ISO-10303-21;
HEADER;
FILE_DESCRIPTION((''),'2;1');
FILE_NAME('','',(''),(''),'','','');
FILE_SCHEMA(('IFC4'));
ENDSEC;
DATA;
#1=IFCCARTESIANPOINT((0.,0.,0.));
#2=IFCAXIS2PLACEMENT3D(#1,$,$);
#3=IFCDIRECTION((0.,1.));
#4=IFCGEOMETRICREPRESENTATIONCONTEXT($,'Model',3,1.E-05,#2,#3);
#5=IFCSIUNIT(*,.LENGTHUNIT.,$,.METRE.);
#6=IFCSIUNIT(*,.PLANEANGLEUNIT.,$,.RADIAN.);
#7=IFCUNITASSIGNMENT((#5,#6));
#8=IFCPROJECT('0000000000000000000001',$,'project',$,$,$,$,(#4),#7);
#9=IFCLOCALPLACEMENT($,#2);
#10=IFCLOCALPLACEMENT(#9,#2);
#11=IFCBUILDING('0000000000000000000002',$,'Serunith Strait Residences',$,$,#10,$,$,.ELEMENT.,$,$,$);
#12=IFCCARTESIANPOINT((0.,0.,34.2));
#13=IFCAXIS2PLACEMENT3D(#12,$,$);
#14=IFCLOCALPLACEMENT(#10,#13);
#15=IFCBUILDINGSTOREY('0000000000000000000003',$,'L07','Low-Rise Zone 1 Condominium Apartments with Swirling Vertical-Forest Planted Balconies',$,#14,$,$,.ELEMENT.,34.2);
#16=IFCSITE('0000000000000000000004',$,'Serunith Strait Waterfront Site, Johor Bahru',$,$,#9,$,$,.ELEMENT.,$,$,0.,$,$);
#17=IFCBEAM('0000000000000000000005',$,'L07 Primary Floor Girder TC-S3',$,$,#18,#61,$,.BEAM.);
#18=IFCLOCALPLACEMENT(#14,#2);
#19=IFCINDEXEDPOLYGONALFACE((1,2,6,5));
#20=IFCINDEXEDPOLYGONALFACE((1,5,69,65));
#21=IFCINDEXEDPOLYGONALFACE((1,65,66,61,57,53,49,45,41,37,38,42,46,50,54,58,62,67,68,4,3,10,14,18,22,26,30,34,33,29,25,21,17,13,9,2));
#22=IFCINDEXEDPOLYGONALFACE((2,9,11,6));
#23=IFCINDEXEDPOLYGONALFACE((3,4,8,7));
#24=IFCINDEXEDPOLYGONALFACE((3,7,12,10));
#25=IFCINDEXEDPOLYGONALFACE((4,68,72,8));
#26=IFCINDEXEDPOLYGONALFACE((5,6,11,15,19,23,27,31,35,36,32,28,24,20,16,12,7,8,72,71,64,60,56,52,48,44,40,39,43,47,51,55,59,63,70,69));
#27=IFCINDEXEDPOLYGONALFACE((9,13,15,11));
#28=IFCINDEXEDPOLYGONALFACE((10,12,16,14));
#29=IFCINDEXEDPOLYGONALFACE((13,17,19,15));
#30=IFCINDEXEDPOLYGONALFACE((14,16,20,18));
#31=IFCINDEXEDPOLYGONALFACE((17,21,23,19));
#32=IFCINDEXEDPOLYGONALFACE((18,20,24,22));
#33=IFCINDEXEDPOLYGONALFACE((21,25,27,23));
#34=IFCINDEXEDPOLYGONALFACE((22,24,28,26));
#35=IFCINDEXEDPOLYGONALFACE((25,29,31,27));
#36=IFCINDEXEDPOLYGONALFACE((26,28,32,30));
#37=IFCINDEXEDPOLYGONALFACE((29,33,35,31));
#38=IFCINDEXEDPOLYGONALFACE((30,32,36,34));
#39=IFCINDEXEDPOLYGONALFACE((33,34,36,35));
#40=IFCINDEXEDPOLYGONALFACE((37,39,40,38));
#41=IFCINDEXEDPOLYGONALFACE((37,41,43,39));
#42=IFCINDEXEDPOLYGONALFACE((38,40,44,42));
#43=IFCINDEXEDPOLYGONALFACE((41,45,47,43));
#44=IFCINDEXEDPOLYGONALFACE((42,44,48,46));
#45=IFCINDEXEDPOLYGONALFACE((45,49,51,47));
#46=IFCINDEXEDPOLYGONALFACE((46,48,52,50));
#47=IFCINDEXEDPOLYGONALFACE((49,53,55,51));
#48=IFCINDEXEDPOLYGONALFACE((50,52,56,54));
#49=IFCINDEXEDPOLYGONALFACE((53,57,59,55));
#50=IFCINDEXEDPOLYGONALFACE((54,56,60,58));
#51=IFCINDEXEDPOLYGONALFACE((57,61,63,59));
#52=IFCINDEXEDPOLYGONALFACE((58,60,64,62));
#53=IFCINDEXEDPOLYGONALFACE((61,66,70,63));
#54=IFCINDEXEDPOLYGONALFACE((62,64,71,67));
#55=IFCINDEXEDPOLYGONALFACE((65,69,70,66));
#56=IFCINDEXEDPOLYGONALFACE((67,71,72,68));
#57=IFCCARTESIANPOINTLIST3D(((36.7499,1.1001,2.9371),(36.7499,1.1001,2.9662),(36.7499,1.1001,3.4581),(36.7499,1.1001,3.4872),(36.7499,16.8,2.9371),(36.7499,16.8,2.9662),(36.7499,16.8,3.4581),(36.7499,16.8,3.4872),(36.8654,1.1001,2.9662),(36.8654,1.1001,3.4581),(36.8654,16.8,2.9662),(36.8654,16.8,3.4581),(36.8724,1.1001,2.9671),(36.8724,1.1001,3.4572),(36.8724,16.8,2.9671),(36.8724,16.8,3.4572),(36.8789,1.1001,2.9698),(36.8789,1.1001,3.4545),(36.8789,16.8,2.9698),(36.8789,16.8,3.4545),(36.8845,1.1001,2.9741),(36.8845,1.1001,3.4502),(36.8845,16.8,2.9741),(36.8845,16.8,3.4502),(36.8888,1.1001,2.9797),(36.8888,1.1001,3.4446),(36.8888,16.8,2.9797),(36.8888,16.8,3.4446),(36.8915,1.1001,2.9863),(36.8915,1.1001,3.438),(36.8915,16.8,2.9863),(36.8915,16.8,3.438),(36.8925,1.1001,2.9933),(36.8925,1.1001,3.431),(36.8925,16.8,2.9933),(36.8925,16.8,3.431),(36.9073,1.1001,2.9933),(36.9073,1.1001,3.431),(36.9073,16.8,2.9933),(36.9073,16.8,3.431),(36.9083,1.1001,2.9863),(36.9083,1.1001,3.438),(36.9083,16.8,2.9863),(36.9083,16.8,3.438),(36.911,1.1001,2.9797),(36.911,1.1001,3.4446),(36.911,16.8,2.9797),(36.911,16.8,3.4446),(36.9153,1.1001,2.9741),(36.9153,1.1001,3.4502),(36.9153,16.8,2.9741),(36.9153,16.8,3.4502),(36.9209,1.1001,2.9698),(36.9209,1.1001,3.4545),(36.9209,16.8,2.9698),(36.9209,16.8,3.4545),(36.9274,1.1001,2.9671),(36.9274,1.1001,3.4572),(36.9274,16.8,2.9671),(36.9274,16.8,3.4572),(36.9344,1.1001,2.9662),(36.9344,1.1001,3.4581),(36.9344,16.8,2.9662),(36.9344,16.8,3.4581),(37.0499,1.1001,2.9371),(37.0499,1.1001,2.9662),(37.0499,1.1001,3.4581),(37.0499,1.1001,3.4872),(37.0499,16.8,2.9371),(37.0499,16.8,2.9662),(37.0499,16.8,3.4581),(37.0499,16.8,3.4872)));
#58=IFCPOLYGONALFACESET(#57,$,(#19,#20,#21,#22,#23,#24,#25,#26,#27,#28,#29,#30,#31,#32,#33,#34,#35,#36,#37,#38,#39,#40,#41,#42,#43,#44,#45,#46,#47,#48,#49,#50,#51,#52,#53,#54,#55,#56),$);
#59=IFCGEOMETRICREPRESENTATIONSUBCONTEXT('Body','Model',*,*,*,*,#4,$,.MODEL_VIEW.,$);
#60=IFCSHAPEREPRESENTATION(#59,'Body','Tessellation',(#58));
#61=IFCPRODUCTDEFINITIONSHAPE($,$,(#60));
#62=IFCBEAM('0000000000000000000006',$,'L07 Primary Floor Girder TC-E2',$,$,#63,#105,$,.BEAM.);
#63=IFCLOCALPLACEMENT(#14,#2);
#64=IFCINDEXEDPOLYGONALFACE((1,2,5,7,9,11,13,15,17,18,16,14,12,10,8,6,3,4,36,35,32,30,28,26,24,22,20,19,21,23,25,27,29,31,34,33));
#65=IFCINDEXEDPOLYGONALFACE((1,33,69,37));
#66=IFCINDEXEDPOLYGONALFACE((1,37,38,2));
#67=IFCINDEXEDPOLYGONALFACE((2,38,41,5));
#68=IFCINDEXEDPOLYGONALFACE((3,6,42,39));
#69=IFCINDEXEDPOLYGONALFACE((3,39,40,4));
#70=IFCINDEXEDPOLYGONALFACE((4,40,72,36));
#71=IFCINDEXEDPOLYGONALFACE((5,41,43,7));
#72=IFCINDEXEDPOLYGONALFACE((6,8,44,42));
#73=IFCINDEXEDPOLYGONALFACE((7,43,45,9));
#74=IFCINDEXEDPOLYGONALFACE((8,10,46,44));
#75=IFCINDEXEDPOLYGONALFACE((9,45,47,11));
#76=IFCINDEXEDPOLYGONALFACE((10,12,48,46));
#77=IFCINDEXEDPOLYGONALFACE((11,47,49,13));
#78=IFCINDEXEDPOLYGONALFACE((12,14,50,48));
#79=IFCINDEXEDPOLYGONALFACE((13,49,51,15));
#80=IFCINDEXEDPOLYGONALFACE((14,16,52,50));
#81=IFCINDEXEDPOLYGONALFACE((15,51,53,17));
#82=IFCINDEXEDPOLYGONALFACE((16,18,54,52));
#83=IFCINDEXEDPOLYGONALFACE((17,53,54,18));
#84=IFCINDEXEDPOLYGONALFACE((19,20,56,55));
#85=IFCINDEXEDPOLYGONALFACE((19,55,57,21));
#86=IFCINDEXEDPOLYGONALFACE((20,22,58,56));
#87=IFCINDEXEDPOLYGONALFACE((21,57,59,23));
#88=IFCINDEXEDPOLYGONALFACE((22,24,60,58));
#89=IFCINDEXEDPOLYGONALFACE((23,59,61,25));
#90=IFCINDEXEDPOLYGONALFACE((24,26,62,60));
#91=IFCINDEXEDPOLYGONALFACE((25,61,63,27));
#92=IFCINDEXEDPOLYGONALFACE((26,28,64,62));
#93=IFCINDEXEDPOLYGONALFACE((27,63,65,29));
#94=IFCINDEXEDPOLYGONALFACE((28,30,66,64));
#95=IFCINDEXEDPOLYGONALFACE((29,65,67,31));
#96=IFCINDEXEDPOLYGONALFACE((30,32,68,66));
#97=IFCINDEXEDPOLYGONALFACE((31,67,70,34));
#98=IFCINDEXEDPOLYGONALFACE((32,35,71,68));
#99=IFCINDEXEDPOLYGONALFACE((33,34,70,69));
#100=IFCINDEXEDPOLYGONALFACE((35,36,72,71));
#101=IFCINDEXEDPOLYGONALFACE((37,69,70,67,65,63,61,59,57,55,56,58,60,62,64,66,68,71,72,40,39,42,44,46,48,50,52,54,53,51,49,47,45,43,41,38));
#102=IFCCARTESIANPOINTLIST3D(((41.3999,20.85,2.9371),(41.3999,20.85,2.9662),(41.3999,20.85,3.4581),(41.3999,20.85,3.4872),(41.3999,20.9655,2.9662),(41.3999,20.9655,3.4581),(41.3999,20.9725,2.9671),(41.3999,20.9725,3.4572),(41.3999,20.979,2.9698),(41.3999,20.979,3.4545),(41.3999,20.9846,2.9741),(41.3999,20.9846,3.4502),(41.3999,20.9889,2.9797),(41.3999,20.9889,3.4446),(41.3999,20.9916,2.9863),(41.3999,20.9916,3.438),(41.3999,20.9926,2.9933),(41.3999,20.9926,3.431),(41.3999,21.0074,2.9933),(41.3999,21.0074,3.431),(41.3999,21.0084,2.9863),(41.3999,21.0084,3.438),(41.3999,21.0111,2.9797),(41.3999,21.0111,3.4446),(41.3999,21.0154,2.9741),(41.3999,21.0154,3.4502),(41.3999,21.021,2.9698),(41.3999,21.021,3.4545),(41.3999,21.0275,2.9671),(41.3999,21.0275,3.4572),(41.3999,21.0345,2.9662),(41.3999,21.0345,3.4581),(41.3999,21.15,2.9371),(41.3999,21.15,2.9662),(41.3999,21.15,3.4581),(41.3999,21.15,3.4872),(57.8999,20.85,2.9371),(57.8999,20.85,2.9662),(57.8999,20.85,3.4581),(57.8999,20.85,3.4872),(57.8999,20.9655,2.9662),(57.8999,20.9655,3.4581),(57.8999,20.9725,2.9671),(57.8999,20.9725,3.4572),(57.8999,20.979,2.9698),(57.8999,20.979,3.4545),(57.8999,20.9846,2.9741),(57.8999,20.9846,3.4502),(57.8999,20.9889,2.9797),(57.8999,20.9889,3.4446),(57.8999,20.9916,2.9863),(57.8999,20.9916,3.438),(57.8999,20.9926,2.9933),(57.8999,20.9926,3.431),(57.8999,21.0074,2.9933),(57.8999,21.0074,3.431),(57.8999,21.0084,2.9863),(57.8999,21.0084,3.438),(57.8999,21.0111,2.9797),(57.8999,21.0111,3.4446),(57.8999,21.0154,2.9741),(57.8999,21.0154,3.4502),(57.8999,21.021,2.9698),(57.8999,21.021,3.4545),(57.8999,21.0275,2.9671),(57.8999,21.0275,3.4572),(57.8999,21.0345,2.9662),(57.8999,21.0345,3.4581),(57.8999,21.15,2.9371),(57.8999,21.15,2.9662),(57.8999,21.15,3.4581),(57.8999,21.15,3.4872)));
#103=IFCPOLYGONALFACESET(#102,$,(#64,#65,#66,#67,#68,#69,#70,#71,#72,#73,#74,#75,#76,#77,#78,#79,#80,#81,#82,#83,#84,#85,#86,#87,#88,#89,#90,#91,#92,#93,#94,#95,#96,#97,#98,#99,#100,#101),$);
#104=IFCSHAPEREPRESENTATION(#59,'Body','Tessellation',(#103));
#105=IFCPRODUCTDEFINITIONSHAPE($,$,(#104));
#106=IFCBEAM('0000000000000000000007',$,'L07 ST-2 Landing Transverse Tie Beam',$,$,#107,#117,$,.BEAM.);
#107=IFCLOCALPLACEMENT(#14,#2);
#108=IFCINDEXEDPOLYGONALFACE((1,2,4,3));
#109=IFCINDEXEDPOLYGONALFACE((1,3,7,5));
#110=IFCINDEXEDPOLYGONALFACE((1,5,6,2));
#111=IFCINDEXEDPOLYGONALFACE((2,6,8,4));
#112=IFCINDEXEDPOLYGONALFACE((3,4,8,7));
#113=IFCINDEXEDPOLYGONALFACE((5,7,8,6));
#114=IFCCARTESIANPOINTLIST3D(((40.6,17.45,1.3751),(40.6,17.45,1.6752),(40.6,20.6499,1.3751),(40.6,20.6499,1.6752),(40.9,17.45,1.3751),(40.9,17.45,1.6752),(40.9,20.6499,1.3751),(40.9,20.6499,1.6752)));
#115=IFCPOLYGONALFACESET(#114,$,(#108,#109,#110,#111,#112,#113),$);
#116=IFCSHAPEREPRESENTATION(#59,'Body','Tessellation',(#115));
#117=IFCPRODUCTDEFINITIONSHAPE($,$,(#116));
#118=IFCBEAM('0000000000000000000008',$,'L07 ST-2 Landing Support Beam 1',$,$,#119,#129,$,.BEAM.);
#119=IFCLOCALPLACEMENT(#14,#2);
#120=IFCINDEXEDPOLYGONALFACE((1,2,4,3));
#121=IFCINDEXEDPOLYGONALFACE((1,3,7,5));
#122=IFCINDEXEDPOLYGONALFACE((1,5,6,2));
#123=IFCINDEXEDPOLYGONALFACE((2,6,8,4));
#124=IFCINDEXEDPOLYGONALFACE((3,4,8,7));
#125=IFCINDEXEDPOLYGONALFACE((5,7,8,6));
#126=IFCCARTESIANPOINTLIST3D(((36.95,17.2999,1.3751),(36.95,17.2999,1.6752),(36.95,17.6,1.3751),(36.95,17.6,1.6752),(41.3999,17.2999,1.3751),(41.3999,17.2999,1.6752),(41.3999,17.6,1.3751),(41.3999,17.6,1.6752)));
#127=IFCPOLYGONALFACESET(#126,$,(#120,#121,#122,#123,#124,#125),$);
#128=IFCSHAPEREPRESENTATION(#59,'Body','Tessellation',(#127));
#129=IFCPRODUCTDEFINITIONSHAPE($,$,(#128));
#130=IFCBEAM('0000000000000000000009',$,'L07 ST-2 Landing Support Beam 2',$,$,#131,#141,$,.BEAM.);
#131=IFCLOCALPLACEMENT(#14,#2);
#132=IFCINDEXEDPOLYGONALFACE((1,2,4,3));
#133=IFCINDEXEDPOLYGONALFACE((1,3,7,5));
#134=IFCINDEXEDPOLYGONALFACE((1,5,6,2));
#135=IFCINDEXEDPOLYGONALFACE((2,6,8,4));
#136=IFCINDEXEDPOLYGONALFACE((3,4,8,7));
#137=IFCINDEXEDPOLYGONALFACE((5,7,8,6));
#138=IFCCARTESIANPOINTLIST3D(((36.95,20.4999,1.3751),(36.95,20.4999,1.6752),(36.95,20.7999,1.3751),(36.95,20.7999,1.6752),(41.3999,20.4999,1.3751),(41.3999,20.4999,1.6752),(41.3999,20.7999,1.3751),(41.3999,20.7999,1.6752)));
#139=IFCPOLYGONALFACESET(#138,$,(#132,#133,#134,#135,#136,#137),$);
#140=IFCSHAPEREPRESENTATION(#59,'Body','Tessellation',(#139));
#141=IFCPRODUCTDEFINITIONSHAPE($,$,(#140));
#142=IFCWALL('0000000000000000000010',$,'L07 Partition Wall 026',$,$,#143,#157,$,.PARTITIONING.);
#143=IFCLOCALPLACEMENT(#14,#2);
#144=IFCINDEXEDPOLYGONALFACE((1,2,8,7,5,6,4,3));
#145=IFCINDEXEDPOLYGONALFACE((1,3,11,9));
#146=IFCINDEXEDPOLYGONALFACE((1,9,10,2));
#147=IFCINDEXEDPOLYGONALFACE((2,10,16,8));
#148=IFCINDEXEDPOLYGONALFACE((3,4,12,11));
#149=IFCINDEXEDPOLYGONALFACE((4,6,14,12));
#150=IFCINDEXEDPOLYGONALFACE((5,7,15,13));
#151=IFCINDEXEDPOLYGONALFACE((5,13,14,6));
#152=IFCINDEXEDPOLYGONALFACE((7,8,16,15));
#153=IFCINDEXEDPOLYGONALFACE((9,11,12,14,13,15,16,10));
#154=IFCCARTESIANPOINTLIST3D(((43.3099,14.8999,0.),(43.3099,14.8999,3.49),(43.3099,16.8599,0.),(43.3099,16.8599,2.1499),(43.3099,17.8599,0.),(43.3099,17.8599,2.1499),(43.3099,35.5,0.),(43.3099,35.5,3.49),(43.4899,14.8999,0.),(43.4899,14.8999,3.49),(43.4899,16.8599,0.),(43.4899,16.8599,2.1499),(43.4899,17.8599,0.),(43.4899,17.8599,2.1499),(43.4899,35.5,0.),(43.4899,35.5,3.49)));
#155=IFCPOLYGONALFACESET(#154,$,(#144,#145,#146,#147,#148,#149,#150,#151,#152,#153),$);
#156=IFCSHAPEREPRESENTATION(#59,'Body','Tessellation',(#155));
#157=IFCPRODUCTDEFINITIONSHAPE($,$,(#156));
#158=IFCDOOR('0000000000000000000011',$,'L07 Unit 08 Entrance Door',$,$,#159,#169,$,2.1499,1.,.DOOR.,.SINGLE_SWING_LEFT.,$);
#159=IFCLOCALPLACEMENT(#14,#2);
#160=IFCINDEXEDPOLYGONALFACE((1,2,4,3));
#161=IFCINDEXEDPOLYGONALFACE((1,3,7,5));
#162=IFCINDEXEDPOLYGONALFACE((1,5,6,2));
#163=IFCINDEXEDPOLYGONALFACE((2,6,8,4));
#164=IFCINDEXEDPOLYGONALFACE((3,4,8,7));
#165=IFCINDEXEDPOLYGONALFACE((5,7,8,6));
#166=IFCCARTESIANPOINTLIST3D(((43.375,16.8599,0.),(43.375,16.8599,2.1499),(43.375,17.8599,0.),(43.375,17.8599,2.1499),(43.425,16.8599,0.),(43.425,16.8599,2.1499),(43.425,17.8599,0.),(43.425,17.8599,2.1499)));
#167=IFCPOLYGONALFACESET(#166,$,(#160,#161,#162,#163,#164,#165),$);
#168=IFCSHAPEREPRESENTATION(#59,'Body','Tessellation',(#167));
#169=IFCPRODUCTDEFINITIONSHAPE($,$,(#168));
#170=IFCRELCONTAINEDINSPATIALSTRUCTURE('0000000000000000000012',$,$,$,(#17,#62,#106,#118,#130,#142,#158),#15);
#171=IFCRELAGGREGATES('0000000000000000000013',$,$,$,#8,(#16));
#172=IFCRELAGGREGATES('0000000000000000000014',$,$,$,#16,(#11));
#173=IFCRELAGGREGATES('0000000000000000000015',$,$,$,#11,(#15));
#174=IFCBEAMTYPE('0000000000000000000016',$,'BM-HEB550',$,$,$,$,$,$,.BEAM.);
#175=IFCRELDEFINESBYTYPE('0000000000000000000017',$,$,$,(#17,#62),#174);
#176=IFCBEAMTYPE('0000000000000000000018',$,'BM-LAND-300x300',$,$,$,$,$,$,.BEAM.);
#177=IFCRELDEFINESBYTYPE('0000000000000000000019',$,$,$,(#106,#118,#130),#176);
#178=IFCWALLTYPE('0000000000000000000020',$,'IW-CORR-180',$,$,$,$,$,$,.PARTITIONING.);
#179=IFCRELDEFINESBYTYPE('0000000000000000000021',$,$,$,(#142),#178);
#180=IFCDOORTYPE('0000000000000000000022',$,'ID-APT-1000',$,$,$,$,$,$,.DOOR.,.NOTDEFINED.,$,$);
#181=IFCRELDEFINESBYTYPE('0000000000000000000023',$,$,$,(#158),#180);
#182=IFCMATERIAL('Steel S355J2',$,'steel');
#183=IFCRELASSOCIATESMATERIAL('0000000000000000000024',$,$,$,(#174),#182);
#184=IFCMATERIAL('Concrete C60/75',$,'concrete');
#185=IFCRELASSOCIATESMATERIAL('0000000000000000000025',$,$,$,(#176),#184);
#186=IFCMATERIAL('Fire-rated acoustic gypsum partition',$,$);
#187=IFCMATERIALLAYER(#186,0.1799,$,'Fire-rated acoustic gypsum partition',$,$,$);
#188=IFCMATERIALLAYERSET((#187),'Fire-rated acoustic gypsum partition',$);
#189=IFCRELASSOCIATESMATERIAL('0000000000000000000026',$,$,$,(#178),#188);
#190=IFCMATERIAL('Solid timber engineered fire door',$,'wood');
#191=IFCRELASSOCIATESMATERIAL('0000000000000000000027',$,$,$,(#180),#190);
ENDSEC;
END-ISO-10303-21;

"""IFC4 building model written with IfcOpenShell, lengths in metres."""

from ifc_helpers import new_model, si_unit, direction, frame, frame_2d, origin, origin_2d, place, context, subcontext, project, spatial, rectangle, i_section, extrude, source, transform, mapped, material, layer, layer_set, material_profile, profile_set, type_object, element, fill, save


model = new_model("IFC4")

# Units and contexts
model_context = context("Model", 3, precision=1e-05, world=origin(), true_north=direction((0.0, 1.0)))
body_context = subcontext(model_context, "Body", "Model", "MODEL_VIEW")
ifc_project = project(units=[si_unit("LENGTHUNIT", "METRE"), si_unit("PLANEANGLEUNIT", "RADIAN")], contexts=[model_context])

# Site, building, storey
site_placement = place(None, origin())
site = spatial("IfcSite", under=ifc_project, at=site_placement, Name="Serunith Strait Waterfront Site, Johor Bahru", CompositionType="ELEMENT", RefElevation=0.0)
building_placement = place(site_placement, origin())
building = spatial("IfcBuilding", under=site, at=building_placement, Name="Serunith Strait Residences", CompositionType="ELEMENT")
storey_placement = place(building_placement, frame((0.0, 0.0, 34.2)))
storey = spatial("IfcBuildingStorey", under=building, at=storey_placement, Name="L07", Description="Low-Rise Zone 1 Condominium Apartments with Swirling Vertical-Forest Planted Balconies", CompositionType="ELEMENT", Elevation=34.2)

# Beams
ifc_material_1 = material(Name="Steel S355J2", Category="steel")
ifc_material_profile_1 = material_profile(ifc_material_1, i_section(OverallWidth=0.3, OverallDepth=0.55, WebThickness=0.0149, FlangeThickness=0.0291, FilletRadius=0.0271, at=origin_2d()), Name="HEB 550")
ifc_profile_set_1 = profile_set([ifc_material_profile_1], Name="Steel S355J2")
beam_type_1 = type_object("IfcBeamType", Name="BM-HEB550", PredefinedType="BEAM", material=ifc_profile_set_1)
shared_shape_1 = source(origin(), body_context, "Body", "SweptSolid", [
    extrude(i_section(OverallWidth=0.3, OverallDepth=0.55, WebThickness=0.0149, FlangeThickness=0.0291, FilletRadius=0.0271, at=origin_2d()), origin(), (0.0, 0.0, 1.0), 15.7),
])
beam_1_placement = place(storey_placement, frame((36.8999, 16.8, 3.2122), z_axis=(0.0, -1.0, 0.0), x_axis=(1.0, 0.0, 0.0)))
element("IfcBeam", 1, at=beam_1_placement, inside=storey, type_object=beam_type_1, Name="L07 Primary Floor Girder TC-S3", PredefinedType="BEAM", context=body_context, shape_type="MappedRepresentation", body=[
    mapped(shared_shape_1, transform((0.0, 0.0, 0.0), scale=1.0)),
])
shared_shape_2 = source(origin(), body_context, "Body", "SweptSolid", [
    extrude(i_section(OverallWidth=0.3, OverallDepth=0.55, WebThickness=0.0149, FlangeThickness=0.0291, FilletRadius=0.0271, at=origin_2d()), origin(), (0.0, 0.0, 1.0), 16.5),
])
beam_2_placement = place(storey_placement, frame((41.3999, 21.0, 3.2122), z_axis=(1.0, 0.0, 0.0), x_axis=(0.0, 1.0, 0.0)))
element("IfcBeam", 2, at=beam_2_placement, inside=storey, type_object=beam_type_1, Name="L07 Primary Floor Girder TC-E2", PredefinedType="BEAM", context=body_context, shape_type="MappedRepresentation", body=[
    mapped(shared_shape_2, transform((0.0, 0.0, 0.0), scale=1.0)),
])
ifc_material_2 = material(Name="Concrete C60/75", Category="concrete")
ifc_material_profile_2 = material_profile(ifc_material_2, rectangle(XDim=0.3, YDim=0.3, at=origin_2d()), Name="RC 300x300")
ifc_profile_set_2 = profile_set([ifc_material_profile_2], Name="Concrete C60/75")
beam_type_2 = type_object("IfcBeamType", Name="BM-LAND-300x300", PredefinedType="BEAM", material=ifc_profile_set_2)
shared_shape_3 = source(origin(), body_context, "Body", "SweptSolid", [
    extrude(rectangle(XDim=0.3, YDim=0.3, at=origin_2d()), origin(), (0.0, 0.0, 1.0), 3.2),
])
beam_3_placement = place(storey_placement, frame((40.75, 17.45, 1.5251), z_axis=(0.0, 1.0, 0.0), x_axis=(-1.0, 0.0, 0.0)))
element("IfcBeam", 3, at=beam_3_placement, inside=storey, type_object=beam_type_2, Name="L07 ST-2 Landing Transverse Tie Beam", PredefinedType="BEAM", context=body_context, shape_type="MappedRepresentation", body=[
    mapped(shared_shape_3, transform((0.0, 0.0, 0.0), scale=1.0)),
])
shared_shape_4 = source(origin(), body_context, "Body", "SweptSolid", [
    extrude(rectangle(XDim=0.3, YDim=0.3, at=origin_2d()), origin(), (0.0, 0.0, 1.0), 4.45),
])
for number, where, z_axis, x_axis, name in (
    (4, (36.95, 17.45, 1.5251), (1.0, 0.0, 0.0), (0.0, 1.0, 0.0), "L07 ST-2 Landing Support Beam 1"),
    (5, (36.95, 20.6499, 1.5251), (1.0, 0.0, 0.0), (0.0, 1.0, 0.0), "L07 ST-2 Landing Support Beam 2"),
):
    element("IfcBeam", number, at=place(storey_placement, frame(where, z_axis=z_axis, x_axis=x_axis)), inside=storey, type_object=beam_type_2, Name=name, PredefinedType="BEAM", context=body_context, shape_type="MappedRepresentation", body=[
        mapped(shared_shape_4, transform((0.0, 0.0, 0.0), scale=1.0)),
    ])

# Wall, opening, door
ifc_material_3 = material(Name="Fire-rated acoustic gypsum partition")
ifc_layer_1 = layer(ifc_material_3, 0.1799, Name="Fire-rated acoustic gypsum partition")
ifc_layer_set_1 = layer_set([ifc_layer_1], Name="Fire-rated acoustic gypsum partition")
wall_type_1 = type_object("IfcWallType", Name="IW-CORR-180", PredefinedType="PARTITIONING", material=ifc_layer_set_1)
wall_1_placement = place(storey_placement, frame((43.3999, 14.8999, 0.0), z_axis=(0.0, 0.0, 1.0), x_axis=(0.0, 1.0, 0.0)))
wall_1 = element("IfcWall", 6, at=wall_1_placement, inside=storey, type_object=wall_type_1, Name="L07 Partition Wall 026", PredefinedType="PARTITIONING", context=body_context, shape_type="SweptSolid", body=[
    extrude(rectangle(XDim=20.6001, YDim=0.1799, at=frame_2d((10.3, 0.0))), origin(), (0.0, 0.0, 1.0), 3.49),
])
opening_1_placement = place(wall_1_placement, frame((1.96, 0.0, 0.0)))
opening_1 = element("IfcOpeningElement", 7, at=opening_1_placement, cuts=wall_1, PredefinedType="OPENING", context=body_context, shape_type="SweptSolid", body=[
    extrude(rectangle(XDim=1.0, YDim=2.1499, at=frame_2d((0.5, 1.075))), frame((0.0, 0.1001, 0.0), z_axis=(0.0, -1.0, 0.0), x_axis=(1.0, 0.0, 0.0)), (0.0, 0.0, 1.0), 0.2),
])
ifc_material_4 = material(Name="Solid timber engineered fire door", Category="wood")
door_type_1 = type_object("IfcDoorType", Name="ID-APT-1000", OperationType="NOTDEFINED", PredefinedType="DOOR", material=ifc_material_4)
shared_shape_5 = source(origin(), body_context, "Body", "SweptSolid", [
    extrude(rectangle(XDim=1.0, YDim=2.1499, at=frame_2d((0.5, 1.075))), frame((0.0, 0.0249, 0.0), z_axis=(0.0, -1.0, 0.0), x_axis=(1.0, 0.0, 0.0)), (0.0, 0.0, 1.0), 0.05),
])
door_1_placement = place(opening_1_placement, origin())
door_1 = element("IfcDoor", 8, at=door_1_placement, inside=storey, type_object=door_type_1, Name="L07 Unit 08 Entrance Door", OperationType="SINGLE_SWING_LEFT", OverallHeight=2.1499, OverallWidth=1.0, PredefinedType="DOOR", context=body_context, shape_type="MappedRepresentation", body=[
    mapped(shared_shape_5, transform((0.0, 0.0, 0.0), scale=1.0)),
])
fill(opening_1, door_1)

save(model, "model.ifc")
